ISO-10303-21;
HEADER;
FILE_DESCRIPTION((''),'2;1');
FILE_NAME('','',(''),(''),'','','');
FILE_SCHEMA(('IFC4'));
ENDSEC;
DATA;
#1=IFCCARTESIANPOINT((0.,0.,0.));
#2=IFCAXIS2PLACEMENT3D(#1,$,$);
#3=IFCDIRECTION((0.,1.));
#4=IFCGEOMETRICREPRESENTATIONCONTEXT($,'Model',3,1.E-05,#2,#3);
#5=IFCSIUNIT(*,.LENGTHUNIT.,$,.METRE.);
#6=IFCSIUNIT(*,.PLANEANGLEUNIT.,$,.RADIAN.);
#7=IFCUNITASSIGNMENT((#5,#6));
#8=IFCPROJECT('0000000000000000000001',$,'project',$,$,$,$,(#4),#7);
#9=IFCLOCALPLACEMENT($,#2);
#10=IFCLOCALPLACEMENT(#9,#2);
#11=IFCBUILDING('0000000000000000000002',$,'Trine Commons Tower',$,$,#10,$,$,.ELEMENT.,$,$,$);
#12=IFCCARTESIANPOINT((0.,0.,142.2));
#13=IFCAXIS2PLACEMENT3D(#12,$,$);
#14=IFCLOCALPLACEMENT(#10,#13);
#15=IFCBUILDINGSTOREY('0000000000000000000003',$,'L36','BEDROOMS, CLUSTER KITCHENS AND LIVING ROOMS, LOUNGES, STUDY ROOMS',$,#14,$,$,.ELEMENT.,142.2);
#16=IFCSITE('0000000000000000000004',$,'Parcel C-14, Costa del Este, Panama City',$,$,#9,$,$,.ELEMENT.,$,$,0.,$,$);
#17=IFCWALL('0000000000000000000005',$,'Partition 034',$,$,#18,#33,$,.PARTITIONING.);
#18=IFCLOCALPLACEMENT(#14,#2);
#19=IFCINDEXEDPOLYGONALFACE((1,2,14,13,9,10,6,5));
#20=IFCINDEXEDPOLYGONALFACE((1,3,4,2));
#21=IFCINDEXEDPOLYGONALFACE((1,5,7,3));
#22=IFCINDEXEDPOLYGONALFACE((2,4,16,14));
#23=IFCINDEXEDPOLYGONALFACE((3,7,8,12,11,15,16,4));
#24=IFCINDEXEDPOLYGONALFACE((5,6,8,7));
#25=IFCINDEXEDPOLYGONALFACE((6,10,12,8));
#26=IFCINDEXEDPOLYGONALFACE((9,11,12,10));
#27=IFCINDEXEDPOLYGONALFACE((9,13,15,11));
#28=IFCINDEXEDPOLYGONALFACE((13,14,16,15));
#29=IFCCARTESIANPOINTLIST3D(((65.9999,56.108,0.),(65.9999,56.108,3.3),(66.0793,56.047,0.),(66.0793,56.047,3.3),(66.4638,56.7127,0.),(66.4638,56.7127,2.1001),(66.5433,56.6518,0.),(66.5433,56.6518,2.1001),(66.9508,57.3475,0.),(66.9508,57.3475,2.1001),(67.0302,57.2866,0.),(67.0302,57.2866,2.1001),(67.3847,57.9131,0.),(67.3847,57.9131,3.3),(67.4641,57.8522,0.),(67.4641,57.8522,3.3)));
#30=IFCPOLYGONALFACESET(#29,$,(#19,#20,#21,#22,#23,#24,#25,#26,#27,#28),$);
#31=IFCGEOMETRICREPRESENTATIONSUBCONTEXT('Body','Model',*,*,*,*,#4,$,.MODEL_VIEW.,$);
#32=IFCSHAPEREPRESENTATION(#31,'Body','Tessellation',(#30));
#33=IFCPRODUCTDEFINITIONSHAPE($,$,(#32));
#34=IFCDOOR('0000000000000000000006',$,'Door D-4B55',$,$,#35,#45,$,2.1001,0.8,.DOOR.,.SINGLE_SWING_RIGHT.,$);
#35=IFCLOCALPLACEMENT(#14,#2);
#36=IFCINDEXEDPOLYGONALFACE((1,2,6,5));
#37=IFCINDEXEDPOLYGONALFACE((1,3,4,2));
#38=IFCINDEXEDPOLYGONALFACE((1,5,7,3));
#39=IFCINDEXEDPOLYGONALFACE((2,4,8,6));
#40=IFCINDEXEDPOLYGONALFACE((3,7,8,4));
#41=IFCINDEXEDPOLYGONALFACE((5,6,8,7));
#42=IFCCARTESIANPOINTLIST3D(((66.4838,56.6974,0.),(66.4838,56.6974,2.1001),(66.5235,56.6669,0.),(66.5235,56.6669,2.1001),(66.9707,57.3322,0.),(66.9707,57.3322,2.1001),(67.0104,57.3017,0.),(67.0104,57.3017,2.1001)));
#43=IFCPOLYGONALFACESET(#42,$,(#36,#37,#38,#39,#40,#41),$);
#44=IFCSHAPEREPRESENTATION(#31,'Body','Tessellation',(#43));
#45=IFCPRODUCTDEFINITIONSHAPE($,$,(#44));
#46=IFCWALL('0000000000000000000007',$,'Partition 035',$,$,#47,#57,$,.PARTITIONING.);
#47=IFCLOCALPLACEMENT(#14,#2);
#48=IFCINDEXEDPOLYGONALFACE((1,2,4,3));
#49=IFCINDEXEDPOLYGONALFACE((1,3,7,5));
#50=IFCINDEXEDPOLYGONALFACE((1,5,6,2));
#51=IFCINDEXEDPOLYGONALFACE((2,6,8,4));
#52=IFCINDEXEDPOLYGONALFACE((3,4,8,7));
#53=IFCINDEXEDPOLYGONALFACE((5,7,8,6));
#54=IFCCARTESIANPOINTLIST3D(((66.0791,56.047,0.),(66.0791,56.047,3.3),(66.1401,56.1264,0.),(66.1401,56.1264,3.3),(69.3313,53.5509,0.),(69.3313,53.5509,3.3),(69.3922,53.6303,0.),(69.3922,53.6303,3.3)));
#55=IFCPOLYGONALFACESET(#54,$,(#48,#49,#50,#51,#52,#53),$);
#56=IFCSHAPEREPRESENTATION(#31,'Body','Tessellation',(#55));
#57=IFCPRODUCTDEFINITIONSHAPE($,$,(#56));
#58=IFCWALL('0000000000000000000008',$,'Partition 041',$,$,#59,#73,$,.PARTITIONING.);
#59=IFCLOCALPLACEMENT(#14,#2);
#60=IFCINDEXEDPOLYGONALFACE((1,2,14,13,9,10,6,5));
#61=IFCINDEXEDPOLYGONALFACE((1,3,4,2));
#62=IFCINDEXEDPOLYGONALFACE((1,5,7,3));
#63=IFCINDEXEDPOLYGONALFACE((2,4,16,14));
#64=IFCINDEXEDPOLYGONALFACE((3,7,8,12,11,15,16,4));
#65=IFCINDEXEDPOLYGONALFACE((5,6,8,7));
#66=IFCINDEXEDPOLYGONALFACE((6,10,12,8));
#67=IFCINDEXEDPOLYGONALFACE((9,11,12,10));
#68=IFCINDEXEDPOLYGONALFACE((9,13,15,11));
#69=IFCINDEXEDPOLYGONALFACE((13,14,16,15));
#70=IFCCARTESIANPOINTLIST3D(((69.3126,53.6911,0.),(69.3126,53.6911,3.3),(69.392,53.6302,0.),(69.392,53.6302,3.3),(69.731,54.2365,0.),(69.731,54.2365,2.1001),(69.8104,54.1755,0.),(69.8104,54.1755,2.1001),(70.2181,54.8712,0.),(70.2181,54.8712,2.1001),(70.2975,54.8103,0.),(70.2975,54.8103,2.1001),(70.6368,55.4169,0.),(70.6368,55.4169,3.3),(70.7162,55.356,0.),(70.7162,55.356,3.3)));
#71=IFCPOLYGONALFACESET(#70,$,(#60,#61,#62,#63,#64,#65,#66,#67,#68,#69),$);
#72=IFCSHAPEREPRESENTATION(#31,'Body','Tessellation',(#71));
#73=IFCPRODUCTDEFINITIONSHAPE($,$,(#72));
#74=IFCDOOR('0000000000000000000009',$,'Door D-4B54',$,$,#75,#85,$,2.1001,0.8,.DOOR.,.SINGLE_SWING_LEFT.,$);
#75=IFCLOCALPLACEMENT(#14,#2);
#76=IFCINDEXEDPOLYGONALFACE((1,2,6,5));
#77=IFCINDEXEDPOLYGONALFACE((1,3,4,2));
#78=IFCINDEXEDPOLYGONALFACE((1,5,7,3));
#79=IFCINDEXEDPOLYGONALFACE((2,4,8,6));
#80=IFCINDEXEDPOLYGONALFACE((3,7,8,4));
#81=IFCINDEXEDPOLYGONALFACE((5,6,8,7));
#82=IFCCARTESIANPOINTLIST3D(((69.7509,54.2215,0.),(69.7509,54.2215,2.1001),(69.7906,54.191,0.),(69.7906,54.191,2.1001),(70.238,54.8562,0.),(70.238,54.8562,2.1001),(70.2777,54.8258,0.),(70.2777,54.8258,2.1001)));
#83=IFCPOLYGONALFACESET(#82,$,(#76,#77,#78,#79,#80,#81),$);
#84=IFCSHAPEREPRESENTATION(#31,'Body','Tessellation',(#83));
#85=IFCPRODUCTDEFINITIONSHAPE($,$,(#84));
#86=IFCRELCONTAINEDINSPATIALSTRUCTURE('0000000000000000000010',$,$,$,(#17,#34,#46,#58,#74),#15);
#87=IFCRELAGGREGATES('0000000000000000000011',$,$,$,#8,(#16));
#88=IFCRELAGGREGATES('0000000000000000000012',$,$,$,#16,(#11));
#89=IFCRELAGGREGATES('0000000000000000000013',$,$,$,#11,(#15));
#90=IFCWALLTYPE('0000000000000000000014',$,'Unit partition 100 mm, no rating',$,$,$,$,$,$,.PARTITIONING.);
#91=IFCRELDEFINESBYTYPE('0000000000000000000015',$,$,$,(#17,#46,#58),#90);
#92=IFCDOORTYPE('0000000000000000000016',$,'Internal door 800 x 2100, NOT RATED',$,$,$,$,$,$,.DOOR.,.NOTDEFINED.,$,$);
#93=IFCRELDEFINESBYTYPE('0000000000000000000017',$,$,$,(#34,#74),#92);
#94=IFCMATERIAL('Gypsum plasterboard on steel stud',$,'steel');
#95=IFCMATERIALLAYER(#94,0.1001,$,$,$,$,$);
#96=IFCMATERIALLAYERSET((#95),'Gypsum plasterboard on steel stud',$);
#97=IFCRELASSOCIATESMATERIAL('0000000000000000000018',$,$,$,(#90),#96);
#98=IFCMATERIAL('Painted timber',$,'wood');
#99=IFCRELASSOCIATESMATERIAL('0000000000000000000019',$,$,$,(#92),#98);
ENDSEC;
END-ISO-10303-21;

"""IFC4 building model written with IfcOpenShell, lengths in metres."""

from ifc_helpers import new_model, si_unit, direction, frame, frame_2d, origin, place, context, subcontext, project, spatial, rectangle, extrude, material, layer, layer_set, type_object, element, fill, save


model = new_model("IFC4")

# Units and contexts
model_context = context("Model", 3, precision=1e-05, world=origin(), true_north=direction((0.0, 1.0)))
body_context = subcontext(model_context, "Body", "Model", "MODEL_VIEW")
ifc_project = project(units=[si_unit("LENGTHUNIT", "METRE"), si_unit("PLANEANGLEUNIT", "RADIAN")], contexts=[model_context])

# Site, building, storey
site_placement = place(None, origin())
site = spatial("IfcSite", under=ifc_project, at=site_placement, Name="Parcel C-14, Costa del Este, Panama City", CompositionType="ELEMENT", RefElevation=0.0)
building_placement = place(site_placement, origin())
building = spatial("IfcBuilding", under=site, at=building_placement, Name="Trine Commons Tower", CompositionType="ELEMENT")
storey_placement = place(building_placement, frame((0.0, 0.0, 142.2)))
storey = spatial("IfcBuildingStorey", under=building, at=storey_placement, Name="L36", Description="BEDROOMS, CLUSTER KITCHENS AND LIVING ROOMS, LOUNGES, STUDY ROOMS", CompositionType="ELEMENT", Elevation=142.2)

# Shared definitions
ifc_material_1 = material(Name="Gypsum plasterboard on steel stud", Category="steel")

# Shared definitions
ifc_material_2 = material(Name="Painted timber", Category="wood")

# Shared definitions
ifc_layer_1 = layer(ifc_material_1, 0.1001)
ifc_layer_set_1 = layer_set([ifc_layer_1], Name="Gypsum plasterboard on steel stud")
wall_type_1 = type_object("IfcWallType", Name="Unit partition 100 mm, no rating", PredefinedType="PARTITIONING", material=ifc_layer_set_1)
door_type_1 = type_object("IfcDoorType", Name="Internal door 800 x 2100, NOT RATED", OperationType="NOTDEFINED", PredefinedType="DOOR", material=ifc_material_2)

# Wall, opening, door
wall_1_placement = place(storey_placement, frame((66.0396, 56.0774, 0.0), z_axis=(0.0, 0.0, 1.0), x_axis=(0.608652, 0.793437, 0.0)))
wall_1 = element("IfcWall", 1, at=wall_1_placement, inside=storey, type_object=wall_type_1, Name="Partition 034", PredefinedType="PARTITIONING", context=body_context, shape_type="SweptSolid", body=[
    extrude(rectangle(XDim=2.2751, YDim=0.1001, at=frame_2d((1.1377, 0.0))), origin(), (0.0, 0.0, 1.0), 3.3),
])
opening_1_placement = place(wall_1_placement, frame((0.7625, 0.0, 0.0)))
opening_1 = element("IfcOpeningElement", 2, at=opening_1_placement, cuts=wall_1, PredefinedType="OPENING", context=body_context, shape_type="SweptSolid", body=[
    extrude(rectangle(XDim=0.8, YDim=2.1001, at=frame_2d((0.3999, 1.05))), frame((0.0, 0.0601, 0.0), z_axis=(0.0, -1.0, 0.0), x_axis=(1.0, 0.0, 0.0)), (0.0, 0.0, 1.0), 0.1201),
])
door_1_placement = place(opening_1_placement, origin())
door_1 = element("IfcDoor", 3, at=door_1_placement, inside=storey, type_object=door_type_1, Name="Door D-4B55", OperationType="SINGLE_SWING_RIGHT", OverallHeight=2.1001, OverallWidth=0.8, PredefinedType="DOOR", context=body_context, shape_type="SweptSolid", body=[
    extrude(rectangle(XDim=0.8, YDim=2.1001, at=frame_2d((0.3999, 1.05))), frame((0.0, 0.0249, 0.0), z_axis=(0.0, -1.0, 0.0), x_axis=(1.0, 0.0, 0.0)), (0.0, 0.0, 1.0), 0.05),
])
fill(opening_1, door_1)

# Wall
wall_2_placement = place(storey_placement, frame((66.1096, 56.0867, 0.0), z_axis=(0.0, 0.0, 1.0), x_axis=(0.793283, -0.608853, 0.0)))
element("IfcWall", 4, at=wall_2_placement, inside=storey, type_object=wall_type_1, Name="Partition 035", PredefinedType="PARTITIONING", context=body_context, shape_type="SweptSolid", body=[
    extrude(rectangle(XDim=4.0996, YDim=0.1001, at=frame_2d((2.0498, 0.0))), origin(), (0.0, 0.0, 1.0), 3.3),
])

# Wall, opening, door
wall_3_placement = place(storey_placement, frame((69.3523, 53.6606, 0.0), z_axis=(0.0, 0.0, 1.0), x_axis=(0.608745, 0.793366, 0.0)))
wall_3 = element("IfcWall", 5, at=wall_3_placement, inside=storey, type_object=wall_type_1, Name="Partition 041", PredefinedType="PARTITIONING", context=body_context, shape_type="SweptSolid", body=[
    extrude(rectangle(XDim=2.1753, YDim=0.1001, at=frame_2d((1.0876, 0.0))), origin(), (0.0, 0.0, 1.0), 3.3),
])
opening_2_placement = place(wall_3_placement, frame((0.6875, 0.0, 0.0)))
opening_2 = element("IfcOpeningElement", 6, at=opening_2_placement, cuts=wall_3, PredefinedType="OPENING", context=body_context, shape_type="SweptSolid", body=[
    extrude(rectangle(XDim=0.8, YDim=2.1001, at=frame_2d((0.3999, 1.05))), frame((0.0, 0.0601, 0.0), z_axis=(0.0, -1.0, 0.0), x_axis=(1.0, 0.0, 0.0)), (0.0, 0.0, 1.0), 0.1201),
])
door_2_placement = place(opening_2_placement, frame((0.8, 0.0, 0.0), z_axis=(0.0, 0.0, 1.0), x_axis=(-1.0, 0.0, 0.0)))
door_2 = element("IfcDoor", 7, at=door_2_placement, inside=storey, type_object=door_type_1, Name="Door D-4B54", OperationType="SINGLE_SWING_LEFT", OverallHeight=2.1001, OverallWidth=0.8, PredefinedType="DOOR", context=body_context, shape_type="SweptSolid", body=[
    extrude(rectangle(XDim=0.8, YDim=2.1001, at=frame_2d((0.3999, 1.05))), frame((0.0, 0.0249, 0.0), z_axis=(0.0, -1.0, 0.0), x_axis=(1.0, 0.0, 0.0)), (0.0, 0.0, 1.0), 0.05),
])
fill(opening_2, door_2)

save(model, "model.ifc")
